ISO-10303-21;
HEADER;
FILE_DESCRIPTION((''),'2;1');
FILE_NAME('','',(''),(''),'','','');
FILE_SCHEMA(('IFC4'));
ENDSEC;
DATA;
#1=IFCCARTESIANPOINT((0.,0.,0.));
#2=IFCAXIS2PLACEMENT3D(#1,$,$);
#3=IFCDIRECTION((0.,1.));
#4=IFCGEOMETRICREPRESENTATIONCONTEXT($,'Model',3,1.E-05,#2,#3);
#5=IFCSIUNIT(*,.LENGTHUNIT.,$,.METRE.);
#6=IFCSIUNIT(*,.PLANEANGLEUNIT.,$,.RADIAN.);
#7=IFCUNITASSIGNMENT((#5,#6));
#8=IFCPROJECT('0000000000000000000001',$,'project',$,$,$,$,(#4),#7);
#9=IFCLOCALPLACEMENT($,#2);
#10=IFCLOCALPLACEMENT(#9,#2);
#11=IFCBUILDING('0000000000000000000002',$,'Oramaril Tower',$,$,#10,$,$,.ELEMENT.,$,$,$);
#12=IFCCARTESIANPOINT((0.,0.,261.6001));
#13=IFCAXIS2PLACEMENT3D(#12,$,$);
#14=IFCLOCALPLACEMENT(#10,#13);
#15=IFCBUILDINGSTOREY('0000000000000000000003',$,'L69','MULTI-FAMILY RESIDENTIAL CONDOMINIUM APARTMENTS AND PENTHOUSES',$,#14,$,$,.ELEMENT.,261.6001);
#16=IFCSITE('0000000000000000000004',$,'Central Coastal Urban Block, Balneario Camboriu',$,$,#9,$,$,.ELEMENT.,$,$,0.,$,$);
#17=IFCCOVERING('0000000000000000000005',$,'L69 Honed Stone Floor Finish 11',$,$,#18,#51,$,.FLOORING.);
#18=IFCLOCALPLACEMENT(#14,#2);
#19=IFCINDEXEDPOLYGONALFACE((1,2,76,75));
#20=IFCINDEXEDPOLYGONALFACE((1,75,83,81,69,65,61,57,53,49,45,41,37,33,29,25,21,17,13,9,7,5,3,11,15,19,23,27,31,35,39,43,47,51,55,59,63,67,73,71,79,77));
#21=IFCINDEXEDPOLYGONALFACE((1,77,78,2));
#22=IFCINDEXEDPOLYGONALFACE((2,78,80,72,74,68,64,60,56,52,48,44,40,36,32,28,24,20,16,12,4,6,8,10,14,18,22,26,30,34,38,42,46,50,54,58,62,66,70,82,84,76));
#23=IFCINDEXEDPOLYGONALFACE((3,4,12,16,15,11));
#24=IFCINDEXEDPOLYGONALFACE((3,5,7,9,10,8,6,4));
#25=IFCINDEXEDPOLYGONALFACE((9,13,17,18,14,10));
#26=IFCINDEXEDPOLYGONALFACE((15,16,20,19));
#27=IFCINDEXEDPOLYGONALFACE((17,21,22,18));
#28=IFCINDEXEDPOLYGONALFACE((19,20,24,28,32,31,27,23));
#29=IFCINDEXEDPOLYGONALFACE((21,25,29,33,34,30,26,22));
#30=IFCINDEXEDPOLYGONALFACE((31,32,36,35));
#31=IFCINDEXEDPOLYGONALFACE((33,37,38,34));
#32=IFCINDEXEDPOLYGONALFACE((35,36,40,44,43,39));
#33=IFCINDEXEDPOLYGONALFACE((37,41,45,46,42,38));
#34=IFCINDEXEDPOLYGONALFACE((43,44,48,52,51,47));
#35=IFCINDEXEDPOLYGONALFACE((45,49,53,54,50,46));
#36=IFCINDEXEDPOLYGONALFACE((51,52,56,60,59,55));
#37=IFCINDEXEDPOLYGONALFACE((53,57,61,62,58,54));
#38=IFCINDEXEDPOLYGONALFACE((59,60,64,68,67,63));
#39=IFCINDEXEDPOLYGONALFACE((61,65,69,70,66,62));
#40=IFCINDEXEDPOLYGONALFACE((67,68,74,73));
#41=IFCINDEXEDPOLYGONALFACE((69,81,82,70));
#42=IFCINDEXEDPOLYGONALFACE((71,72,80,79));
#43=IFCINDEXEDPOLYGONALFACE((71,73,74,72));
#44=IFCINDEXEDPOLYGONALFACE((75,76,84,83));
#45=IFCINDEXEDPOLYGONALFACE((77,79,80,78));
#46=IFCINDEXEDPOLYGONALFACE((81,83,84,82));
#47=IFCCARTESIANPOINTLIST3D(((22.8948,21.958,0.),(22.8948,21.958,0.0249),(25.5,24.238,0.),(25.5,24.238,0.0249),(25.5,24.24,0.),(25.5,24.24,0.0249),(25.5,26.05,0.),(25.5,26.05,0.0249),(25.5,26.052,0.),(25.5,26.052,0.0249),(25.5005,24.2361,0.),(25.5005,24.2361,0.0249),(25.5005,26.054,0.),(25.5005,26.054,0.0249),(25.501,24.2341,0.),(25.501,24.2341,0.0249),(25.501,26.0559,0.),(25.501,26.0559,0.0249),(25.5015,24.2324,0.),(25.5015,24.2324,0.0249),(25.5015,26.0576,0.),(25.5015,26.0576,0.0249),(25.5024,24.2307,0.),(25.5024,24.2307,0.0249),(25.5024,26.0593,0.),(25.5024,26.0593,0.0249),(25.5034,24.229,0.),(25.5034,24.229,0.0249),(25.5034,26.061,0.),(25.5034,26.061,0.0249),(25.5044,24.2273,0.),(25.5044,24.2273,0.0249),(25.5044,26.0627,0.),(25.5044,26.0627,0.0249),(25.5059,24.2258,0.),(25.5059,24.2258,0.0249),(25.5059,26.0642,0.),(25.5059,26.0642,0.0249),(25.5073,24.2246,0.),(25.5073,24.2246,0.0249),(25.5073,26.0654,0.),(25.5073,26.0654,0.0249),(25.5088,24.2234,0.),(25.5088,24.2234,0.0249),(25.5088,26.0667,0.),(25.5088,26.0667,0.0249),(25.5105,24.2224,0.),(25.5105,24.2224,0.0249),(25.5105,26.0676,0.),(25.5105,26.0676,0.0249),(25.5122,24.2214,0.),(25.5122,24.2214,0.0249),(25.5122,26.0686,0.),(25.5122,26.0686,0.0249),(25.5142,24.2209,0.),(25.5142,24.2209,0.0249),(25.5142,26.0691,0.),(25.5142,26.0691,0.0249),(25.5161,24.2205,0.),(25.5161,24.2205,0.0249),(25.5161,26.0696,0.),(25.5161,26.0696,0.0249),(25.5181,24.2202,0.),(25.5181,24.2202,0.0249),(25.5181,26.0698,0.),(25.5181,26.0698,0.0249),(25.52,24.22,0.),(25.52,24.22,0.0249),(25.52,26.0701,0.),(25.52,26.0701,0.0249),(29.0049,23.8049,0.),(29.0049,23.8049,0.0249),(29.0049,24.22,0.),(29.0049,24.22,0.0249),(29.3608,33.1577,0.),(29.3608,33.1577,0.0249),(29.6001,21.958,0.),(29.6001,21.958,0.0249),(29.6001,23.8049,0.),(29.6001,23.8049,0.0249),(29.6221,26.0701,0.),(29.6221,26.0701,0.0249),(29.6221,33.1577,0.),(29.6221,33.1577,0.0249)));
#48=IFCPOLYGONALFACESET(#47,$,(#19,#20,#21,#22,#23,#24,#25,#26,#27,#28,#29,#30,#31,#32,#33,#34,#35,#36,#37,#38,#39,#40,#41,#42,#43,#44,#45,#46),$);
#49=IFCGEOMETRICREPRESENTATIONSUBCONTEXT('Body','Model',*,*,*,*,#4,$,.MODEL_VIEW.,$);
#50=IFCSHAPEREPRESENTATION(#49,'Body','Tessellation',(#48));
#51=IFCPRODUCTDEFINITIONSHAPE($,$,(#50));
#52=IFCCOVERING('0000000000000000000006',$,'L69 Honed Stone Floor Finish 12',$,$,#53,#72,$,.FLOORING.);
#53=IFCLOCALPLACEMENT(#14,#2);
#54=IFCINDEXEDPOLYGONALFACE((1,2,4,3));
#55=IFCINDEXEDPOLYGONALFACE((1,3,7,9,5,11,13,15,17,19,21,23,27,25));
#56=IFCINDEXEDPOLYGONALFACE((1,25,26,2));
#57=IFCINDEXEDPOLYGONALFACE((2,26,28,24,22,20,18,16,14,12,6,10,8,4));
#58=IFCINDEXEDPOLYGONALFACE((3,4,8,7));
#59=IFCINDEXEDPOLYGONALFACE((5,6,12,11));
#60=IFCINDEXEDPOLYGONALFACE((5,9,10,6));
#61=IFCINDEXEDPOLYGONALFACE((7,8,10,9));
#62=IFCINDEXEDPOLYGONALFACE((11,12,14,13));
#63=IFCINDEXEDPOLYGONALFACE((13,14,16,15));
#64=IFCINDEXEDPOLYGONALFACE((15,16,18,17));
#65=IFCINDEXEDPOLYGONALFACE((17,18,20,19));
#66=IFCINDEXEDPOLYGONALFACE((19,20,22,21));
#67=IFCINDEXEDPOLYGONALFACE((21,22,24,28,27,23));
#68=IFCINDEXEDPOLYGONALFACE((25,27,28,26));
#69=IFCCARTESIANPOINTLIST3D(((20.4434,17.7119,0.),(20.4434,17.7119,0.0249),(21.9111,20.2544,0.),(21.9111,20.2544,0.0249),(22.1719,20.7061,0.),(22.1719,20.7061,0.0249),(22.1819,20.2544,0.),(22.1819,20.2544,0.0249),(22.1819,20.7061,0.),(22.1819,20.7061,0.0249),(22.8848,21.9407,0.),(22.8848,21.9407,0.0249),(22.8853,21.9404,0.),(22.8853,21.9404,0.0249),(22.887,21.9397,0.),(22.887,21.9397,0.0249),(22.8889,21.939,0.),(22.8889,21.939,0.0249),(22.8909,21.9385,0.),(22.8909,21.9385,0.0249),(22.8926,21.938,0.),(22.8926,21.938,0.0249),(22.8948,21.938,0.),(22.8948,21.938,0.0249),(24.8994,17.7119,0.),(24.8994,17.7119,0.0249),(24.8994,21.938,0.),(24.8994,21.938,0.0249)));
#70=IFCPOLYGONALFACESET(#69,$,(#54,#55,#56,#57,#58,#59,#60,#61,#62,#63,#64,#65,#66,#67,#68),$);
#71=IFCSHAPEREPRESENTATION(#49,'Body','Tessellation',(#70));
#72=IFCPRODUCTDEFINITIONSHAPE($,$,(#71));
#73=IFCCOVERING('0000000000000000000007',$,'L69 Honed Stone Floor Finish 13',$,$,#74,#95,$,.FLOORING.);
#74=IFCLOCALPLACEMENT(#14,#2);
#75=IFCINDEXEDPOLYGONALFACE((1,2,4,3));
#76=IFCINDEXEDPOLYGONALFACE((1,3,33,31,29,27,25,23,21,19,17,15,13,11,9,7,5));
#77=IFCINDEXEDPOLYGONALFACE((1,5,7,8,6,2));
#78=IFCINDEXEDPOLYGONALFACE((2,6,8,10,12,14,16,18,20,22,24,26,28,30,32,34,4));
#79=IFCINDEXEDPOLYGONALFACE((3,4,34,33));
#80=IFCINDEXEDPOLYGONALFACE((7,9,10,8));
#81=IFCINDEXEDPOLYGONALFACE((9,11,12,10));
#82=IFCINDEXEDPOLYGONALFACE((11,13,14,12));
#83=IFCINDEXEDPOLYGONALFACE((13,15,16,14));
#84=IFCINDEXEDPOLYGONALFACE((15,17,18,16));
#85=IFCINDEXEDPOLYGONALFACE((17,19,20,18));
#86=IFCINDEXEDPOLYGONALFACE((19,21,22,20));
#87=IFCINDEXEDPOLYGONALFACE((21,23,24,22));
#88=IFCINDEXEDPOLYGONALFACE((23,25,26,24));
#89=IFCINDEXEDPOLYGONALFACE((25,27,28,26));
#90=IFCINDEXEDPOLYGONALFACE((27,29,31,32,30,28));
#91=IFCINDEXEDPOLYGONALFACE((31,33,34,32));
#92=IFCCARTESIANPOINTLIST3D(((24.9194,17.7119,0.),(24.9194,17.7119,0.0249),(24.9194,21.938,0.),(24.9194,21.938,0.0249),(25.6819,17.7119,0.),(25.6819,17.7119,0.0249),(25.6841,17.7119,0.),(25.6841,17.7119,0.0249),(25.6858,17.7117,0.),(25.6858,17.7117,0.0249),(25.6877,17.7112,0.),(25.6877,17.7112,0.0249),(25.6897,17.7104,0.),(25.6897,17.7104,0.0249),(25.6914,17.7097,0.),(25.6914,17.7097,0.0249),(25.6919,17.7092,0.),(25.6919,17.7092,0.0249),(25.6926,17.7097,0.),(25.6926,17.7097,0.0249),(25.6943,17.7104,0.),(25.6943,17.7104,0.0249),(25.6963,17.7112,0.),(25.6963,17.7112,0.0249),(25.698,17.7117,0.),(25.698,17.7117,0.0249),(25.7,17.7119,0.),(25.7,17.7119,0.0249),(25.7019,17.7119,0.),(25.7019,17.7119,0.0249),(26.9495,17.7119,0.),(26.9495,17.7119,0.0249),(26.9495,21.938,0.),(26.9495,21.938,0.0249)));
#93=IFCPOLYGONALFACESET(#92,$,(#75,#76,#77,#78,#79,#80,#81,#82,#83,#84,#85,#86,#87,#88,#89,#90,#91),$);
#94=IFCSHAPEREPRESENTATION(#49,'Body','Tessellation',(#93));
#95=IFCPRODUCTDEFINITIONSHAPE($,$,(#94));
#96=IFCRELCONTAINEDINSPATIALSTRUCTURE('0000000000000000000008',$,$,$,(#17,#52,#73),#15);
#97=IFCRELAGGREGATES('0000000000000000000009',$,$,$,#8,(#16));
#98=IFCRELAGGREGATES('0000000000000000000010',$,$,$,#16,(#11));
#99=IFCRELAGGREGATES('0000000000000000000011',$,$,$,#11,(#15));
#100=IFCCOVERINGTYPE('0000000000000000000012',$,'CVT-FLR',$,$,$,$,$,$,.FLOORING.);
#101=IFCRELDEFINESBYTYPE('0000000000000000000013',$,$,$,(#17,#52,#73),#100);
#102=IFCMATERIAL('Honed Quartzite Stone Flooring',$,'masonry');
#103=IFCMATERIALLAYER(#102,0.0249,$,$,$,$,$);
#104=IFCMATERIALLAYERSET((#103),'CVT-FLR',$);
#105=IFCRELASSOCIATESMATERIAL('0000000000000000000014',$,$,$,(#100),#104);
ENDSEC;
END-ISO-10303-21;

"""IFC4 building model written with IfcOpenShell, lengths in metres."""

from ifc_helpers import new_model, si_unit, direction, frame, origin, place, context, subcontext, project, spatial, polyline, outline, extrude, material, layer, layer_set, type_object, element, save


model = new_model("IFC4")

# Units and contexts
model_context = context("Model", 3, precision=1e-05, world=origin(), true_north=direction((0.0, 1.0)))
body_context = subcontext(model_context, "Body", "Model", "MODEL_VIEW")
ifc_project = project(units=[si_unit("LENGTHUNIT", "METRE"), si_unit("PLANEANGLEUNIT", "RADIAN")], contexts=[model_context])

# Site, building, storey
site_placement = place(None, origin())
site = spatial("IfcSite", under=ifc_project, at=site_placement, Name="Central Coastal Urban Block, Balneario Camboriu", CompositionType="ELEMENT", RefElevation=0.0)
building_placement = place(site_placement, origin())
building = spatial("IfcBuilding", under=site, at=building_placement, Name="Oramaril Tower", CompositionType="ELEMENT")
storey_placement = place(building_placement, frame((0.0, 0.0, 261.6001)))
storey = spatial("IfcBuildingStorey", under=building, at=storey_placement, Name="L69", Description="MULTI-FAMILY RESIDENTIAL CONDOMINIUM APARTMENTS AND PENTHOUSES", CompositionType="ELEMENT", Elevation=261.6001)

# Coverings
ifc_material_1 = material(Name="Honed Quartzite Stone Flooring", Category="masonry")
ifc_layer_1 = layer(ifc_material_1, 0.0249)
ifc_layer_set_1 = layer_set([ifc_layer_1], Name="CVT-FLR")
covering_type_1 = type_object("IfcCoveringType", Name="CVT-FLR", PredefinedType="FLOORING", material=ifc_layer_set_1)
covering_1_placement = place(storey_placement, origin())
element("IfcCovering", 1, at=covering_1_placement, inside=storey, type_object=covering_type_1, Name="L69 Honed Stone Floor Finish 11", PredefinedType="FLOORING", context=body_context, shape_type="SweptSolid", body=[
    extrude(outline(polyline([(29.0049, 23.8049), (29.6001, 23.8049), (29.6001, 21.958), (22.8948, 21.958), (29.3608, 33.1577), (29.6221, 33.1577), (29.6221, 26.0701), (25.52, 26.0701), (25.5181, 26.0698), (25.5161, 26.0696), (25.5142, 26.0691), (25.5122, 26.0686), (25.5105, 26.0676), (25.5088, 26.0667), (25.5073, 26.0654), (25.5059, 26.0642), (25.5044, 26.0627), (25.5034, 26.061), (25.5024, 26.0593), (25.5015, 26.0576), (25.501, 26.0559), (25.5005, 26.054), (25.5, 26.052), (25.5, 26.05), (25.5, 24.24), (25.5, 24.238), (25.5005, 24.2361), (25.501, 24.2341), (25.5015, 24.2324), (25.5024, 24.2307), (25.5034, 24.229), (25.5044, 24.2273), (25.5059, 24.2258), (25.5073, 24.2246), (25.5088, 24.2234), (25.5105, 24.2224), (25.5122, 24.2214), (25.5142, 24.2209), (25.5161, 24.2205), (25.5181, 24.2202), (25.52, 24.22), (29.0049, 24.22), (29.0049, 23.8049)])), origin(), (0.0, 0.0, 1.0), 0.0249),
])
covering_2_placement = place(storey_placement, origin())
element("IfcCovering", 2, at=covering_2_placement, inside=storey, type_object=covering_type_1, Name="L69 Honed Stone Floor Finish 12", PredefinedType="FLOORING", context=body_context, shape_type="SweptSolid", body=[
    extrude(outline(polyline([(22.1819, 20.2544), (22.1819, 20.7061), (22.1719, 20.7061), (22.8848, 21.9407), (22.8853, 21.9404), (22.887, 21.9397), (22.8889, 21.939), (22.8909, 21.9385), (22.8926, 21.938), (22.8948, 21.938), (24.8994, 21.938), (24.8994, 17.7119), (20.4434, 17.7119), (21.9111, 20.2544), (22.1819, 20.2544)])), origin(), (0.0, 0.0, 1.0), 0.0249),
])
covering_3_placement = place(storey_placement, origin())
element("IfcCovering", 3, at=covering_3_placement, inside=storey, type_object=covering_type_1, Name="L69 Honed Stone Floor Finish 13", PredefinedType="FLOORING", context=body_context, shape_type="SweptSolid", body=[
    extrude(outline(polyline([(26.9495, 17.7119), (25.7019, 17.7119), (25.7, 17.7119), (25.698, 17.7117), (25.6963, 17.7112), (25.6943, 17.7104), (25.6926, 17.7097), (25.6919, 17.7092), (25.6914, 17.7097), (25.6897, 17.7104), (25.6877, 17.7112), (25.6858, 17.7117), (25.6841, 17.7119), (25.6819, 17.7119), (24.9194, 17.7119), (24.9194, 21.938), (26.9495, 21.938), (26.9495, 17.7119)])), origin(), (0.0, 0.0, 1.0), 0.0249),
])

save(model, "model.ifc")
